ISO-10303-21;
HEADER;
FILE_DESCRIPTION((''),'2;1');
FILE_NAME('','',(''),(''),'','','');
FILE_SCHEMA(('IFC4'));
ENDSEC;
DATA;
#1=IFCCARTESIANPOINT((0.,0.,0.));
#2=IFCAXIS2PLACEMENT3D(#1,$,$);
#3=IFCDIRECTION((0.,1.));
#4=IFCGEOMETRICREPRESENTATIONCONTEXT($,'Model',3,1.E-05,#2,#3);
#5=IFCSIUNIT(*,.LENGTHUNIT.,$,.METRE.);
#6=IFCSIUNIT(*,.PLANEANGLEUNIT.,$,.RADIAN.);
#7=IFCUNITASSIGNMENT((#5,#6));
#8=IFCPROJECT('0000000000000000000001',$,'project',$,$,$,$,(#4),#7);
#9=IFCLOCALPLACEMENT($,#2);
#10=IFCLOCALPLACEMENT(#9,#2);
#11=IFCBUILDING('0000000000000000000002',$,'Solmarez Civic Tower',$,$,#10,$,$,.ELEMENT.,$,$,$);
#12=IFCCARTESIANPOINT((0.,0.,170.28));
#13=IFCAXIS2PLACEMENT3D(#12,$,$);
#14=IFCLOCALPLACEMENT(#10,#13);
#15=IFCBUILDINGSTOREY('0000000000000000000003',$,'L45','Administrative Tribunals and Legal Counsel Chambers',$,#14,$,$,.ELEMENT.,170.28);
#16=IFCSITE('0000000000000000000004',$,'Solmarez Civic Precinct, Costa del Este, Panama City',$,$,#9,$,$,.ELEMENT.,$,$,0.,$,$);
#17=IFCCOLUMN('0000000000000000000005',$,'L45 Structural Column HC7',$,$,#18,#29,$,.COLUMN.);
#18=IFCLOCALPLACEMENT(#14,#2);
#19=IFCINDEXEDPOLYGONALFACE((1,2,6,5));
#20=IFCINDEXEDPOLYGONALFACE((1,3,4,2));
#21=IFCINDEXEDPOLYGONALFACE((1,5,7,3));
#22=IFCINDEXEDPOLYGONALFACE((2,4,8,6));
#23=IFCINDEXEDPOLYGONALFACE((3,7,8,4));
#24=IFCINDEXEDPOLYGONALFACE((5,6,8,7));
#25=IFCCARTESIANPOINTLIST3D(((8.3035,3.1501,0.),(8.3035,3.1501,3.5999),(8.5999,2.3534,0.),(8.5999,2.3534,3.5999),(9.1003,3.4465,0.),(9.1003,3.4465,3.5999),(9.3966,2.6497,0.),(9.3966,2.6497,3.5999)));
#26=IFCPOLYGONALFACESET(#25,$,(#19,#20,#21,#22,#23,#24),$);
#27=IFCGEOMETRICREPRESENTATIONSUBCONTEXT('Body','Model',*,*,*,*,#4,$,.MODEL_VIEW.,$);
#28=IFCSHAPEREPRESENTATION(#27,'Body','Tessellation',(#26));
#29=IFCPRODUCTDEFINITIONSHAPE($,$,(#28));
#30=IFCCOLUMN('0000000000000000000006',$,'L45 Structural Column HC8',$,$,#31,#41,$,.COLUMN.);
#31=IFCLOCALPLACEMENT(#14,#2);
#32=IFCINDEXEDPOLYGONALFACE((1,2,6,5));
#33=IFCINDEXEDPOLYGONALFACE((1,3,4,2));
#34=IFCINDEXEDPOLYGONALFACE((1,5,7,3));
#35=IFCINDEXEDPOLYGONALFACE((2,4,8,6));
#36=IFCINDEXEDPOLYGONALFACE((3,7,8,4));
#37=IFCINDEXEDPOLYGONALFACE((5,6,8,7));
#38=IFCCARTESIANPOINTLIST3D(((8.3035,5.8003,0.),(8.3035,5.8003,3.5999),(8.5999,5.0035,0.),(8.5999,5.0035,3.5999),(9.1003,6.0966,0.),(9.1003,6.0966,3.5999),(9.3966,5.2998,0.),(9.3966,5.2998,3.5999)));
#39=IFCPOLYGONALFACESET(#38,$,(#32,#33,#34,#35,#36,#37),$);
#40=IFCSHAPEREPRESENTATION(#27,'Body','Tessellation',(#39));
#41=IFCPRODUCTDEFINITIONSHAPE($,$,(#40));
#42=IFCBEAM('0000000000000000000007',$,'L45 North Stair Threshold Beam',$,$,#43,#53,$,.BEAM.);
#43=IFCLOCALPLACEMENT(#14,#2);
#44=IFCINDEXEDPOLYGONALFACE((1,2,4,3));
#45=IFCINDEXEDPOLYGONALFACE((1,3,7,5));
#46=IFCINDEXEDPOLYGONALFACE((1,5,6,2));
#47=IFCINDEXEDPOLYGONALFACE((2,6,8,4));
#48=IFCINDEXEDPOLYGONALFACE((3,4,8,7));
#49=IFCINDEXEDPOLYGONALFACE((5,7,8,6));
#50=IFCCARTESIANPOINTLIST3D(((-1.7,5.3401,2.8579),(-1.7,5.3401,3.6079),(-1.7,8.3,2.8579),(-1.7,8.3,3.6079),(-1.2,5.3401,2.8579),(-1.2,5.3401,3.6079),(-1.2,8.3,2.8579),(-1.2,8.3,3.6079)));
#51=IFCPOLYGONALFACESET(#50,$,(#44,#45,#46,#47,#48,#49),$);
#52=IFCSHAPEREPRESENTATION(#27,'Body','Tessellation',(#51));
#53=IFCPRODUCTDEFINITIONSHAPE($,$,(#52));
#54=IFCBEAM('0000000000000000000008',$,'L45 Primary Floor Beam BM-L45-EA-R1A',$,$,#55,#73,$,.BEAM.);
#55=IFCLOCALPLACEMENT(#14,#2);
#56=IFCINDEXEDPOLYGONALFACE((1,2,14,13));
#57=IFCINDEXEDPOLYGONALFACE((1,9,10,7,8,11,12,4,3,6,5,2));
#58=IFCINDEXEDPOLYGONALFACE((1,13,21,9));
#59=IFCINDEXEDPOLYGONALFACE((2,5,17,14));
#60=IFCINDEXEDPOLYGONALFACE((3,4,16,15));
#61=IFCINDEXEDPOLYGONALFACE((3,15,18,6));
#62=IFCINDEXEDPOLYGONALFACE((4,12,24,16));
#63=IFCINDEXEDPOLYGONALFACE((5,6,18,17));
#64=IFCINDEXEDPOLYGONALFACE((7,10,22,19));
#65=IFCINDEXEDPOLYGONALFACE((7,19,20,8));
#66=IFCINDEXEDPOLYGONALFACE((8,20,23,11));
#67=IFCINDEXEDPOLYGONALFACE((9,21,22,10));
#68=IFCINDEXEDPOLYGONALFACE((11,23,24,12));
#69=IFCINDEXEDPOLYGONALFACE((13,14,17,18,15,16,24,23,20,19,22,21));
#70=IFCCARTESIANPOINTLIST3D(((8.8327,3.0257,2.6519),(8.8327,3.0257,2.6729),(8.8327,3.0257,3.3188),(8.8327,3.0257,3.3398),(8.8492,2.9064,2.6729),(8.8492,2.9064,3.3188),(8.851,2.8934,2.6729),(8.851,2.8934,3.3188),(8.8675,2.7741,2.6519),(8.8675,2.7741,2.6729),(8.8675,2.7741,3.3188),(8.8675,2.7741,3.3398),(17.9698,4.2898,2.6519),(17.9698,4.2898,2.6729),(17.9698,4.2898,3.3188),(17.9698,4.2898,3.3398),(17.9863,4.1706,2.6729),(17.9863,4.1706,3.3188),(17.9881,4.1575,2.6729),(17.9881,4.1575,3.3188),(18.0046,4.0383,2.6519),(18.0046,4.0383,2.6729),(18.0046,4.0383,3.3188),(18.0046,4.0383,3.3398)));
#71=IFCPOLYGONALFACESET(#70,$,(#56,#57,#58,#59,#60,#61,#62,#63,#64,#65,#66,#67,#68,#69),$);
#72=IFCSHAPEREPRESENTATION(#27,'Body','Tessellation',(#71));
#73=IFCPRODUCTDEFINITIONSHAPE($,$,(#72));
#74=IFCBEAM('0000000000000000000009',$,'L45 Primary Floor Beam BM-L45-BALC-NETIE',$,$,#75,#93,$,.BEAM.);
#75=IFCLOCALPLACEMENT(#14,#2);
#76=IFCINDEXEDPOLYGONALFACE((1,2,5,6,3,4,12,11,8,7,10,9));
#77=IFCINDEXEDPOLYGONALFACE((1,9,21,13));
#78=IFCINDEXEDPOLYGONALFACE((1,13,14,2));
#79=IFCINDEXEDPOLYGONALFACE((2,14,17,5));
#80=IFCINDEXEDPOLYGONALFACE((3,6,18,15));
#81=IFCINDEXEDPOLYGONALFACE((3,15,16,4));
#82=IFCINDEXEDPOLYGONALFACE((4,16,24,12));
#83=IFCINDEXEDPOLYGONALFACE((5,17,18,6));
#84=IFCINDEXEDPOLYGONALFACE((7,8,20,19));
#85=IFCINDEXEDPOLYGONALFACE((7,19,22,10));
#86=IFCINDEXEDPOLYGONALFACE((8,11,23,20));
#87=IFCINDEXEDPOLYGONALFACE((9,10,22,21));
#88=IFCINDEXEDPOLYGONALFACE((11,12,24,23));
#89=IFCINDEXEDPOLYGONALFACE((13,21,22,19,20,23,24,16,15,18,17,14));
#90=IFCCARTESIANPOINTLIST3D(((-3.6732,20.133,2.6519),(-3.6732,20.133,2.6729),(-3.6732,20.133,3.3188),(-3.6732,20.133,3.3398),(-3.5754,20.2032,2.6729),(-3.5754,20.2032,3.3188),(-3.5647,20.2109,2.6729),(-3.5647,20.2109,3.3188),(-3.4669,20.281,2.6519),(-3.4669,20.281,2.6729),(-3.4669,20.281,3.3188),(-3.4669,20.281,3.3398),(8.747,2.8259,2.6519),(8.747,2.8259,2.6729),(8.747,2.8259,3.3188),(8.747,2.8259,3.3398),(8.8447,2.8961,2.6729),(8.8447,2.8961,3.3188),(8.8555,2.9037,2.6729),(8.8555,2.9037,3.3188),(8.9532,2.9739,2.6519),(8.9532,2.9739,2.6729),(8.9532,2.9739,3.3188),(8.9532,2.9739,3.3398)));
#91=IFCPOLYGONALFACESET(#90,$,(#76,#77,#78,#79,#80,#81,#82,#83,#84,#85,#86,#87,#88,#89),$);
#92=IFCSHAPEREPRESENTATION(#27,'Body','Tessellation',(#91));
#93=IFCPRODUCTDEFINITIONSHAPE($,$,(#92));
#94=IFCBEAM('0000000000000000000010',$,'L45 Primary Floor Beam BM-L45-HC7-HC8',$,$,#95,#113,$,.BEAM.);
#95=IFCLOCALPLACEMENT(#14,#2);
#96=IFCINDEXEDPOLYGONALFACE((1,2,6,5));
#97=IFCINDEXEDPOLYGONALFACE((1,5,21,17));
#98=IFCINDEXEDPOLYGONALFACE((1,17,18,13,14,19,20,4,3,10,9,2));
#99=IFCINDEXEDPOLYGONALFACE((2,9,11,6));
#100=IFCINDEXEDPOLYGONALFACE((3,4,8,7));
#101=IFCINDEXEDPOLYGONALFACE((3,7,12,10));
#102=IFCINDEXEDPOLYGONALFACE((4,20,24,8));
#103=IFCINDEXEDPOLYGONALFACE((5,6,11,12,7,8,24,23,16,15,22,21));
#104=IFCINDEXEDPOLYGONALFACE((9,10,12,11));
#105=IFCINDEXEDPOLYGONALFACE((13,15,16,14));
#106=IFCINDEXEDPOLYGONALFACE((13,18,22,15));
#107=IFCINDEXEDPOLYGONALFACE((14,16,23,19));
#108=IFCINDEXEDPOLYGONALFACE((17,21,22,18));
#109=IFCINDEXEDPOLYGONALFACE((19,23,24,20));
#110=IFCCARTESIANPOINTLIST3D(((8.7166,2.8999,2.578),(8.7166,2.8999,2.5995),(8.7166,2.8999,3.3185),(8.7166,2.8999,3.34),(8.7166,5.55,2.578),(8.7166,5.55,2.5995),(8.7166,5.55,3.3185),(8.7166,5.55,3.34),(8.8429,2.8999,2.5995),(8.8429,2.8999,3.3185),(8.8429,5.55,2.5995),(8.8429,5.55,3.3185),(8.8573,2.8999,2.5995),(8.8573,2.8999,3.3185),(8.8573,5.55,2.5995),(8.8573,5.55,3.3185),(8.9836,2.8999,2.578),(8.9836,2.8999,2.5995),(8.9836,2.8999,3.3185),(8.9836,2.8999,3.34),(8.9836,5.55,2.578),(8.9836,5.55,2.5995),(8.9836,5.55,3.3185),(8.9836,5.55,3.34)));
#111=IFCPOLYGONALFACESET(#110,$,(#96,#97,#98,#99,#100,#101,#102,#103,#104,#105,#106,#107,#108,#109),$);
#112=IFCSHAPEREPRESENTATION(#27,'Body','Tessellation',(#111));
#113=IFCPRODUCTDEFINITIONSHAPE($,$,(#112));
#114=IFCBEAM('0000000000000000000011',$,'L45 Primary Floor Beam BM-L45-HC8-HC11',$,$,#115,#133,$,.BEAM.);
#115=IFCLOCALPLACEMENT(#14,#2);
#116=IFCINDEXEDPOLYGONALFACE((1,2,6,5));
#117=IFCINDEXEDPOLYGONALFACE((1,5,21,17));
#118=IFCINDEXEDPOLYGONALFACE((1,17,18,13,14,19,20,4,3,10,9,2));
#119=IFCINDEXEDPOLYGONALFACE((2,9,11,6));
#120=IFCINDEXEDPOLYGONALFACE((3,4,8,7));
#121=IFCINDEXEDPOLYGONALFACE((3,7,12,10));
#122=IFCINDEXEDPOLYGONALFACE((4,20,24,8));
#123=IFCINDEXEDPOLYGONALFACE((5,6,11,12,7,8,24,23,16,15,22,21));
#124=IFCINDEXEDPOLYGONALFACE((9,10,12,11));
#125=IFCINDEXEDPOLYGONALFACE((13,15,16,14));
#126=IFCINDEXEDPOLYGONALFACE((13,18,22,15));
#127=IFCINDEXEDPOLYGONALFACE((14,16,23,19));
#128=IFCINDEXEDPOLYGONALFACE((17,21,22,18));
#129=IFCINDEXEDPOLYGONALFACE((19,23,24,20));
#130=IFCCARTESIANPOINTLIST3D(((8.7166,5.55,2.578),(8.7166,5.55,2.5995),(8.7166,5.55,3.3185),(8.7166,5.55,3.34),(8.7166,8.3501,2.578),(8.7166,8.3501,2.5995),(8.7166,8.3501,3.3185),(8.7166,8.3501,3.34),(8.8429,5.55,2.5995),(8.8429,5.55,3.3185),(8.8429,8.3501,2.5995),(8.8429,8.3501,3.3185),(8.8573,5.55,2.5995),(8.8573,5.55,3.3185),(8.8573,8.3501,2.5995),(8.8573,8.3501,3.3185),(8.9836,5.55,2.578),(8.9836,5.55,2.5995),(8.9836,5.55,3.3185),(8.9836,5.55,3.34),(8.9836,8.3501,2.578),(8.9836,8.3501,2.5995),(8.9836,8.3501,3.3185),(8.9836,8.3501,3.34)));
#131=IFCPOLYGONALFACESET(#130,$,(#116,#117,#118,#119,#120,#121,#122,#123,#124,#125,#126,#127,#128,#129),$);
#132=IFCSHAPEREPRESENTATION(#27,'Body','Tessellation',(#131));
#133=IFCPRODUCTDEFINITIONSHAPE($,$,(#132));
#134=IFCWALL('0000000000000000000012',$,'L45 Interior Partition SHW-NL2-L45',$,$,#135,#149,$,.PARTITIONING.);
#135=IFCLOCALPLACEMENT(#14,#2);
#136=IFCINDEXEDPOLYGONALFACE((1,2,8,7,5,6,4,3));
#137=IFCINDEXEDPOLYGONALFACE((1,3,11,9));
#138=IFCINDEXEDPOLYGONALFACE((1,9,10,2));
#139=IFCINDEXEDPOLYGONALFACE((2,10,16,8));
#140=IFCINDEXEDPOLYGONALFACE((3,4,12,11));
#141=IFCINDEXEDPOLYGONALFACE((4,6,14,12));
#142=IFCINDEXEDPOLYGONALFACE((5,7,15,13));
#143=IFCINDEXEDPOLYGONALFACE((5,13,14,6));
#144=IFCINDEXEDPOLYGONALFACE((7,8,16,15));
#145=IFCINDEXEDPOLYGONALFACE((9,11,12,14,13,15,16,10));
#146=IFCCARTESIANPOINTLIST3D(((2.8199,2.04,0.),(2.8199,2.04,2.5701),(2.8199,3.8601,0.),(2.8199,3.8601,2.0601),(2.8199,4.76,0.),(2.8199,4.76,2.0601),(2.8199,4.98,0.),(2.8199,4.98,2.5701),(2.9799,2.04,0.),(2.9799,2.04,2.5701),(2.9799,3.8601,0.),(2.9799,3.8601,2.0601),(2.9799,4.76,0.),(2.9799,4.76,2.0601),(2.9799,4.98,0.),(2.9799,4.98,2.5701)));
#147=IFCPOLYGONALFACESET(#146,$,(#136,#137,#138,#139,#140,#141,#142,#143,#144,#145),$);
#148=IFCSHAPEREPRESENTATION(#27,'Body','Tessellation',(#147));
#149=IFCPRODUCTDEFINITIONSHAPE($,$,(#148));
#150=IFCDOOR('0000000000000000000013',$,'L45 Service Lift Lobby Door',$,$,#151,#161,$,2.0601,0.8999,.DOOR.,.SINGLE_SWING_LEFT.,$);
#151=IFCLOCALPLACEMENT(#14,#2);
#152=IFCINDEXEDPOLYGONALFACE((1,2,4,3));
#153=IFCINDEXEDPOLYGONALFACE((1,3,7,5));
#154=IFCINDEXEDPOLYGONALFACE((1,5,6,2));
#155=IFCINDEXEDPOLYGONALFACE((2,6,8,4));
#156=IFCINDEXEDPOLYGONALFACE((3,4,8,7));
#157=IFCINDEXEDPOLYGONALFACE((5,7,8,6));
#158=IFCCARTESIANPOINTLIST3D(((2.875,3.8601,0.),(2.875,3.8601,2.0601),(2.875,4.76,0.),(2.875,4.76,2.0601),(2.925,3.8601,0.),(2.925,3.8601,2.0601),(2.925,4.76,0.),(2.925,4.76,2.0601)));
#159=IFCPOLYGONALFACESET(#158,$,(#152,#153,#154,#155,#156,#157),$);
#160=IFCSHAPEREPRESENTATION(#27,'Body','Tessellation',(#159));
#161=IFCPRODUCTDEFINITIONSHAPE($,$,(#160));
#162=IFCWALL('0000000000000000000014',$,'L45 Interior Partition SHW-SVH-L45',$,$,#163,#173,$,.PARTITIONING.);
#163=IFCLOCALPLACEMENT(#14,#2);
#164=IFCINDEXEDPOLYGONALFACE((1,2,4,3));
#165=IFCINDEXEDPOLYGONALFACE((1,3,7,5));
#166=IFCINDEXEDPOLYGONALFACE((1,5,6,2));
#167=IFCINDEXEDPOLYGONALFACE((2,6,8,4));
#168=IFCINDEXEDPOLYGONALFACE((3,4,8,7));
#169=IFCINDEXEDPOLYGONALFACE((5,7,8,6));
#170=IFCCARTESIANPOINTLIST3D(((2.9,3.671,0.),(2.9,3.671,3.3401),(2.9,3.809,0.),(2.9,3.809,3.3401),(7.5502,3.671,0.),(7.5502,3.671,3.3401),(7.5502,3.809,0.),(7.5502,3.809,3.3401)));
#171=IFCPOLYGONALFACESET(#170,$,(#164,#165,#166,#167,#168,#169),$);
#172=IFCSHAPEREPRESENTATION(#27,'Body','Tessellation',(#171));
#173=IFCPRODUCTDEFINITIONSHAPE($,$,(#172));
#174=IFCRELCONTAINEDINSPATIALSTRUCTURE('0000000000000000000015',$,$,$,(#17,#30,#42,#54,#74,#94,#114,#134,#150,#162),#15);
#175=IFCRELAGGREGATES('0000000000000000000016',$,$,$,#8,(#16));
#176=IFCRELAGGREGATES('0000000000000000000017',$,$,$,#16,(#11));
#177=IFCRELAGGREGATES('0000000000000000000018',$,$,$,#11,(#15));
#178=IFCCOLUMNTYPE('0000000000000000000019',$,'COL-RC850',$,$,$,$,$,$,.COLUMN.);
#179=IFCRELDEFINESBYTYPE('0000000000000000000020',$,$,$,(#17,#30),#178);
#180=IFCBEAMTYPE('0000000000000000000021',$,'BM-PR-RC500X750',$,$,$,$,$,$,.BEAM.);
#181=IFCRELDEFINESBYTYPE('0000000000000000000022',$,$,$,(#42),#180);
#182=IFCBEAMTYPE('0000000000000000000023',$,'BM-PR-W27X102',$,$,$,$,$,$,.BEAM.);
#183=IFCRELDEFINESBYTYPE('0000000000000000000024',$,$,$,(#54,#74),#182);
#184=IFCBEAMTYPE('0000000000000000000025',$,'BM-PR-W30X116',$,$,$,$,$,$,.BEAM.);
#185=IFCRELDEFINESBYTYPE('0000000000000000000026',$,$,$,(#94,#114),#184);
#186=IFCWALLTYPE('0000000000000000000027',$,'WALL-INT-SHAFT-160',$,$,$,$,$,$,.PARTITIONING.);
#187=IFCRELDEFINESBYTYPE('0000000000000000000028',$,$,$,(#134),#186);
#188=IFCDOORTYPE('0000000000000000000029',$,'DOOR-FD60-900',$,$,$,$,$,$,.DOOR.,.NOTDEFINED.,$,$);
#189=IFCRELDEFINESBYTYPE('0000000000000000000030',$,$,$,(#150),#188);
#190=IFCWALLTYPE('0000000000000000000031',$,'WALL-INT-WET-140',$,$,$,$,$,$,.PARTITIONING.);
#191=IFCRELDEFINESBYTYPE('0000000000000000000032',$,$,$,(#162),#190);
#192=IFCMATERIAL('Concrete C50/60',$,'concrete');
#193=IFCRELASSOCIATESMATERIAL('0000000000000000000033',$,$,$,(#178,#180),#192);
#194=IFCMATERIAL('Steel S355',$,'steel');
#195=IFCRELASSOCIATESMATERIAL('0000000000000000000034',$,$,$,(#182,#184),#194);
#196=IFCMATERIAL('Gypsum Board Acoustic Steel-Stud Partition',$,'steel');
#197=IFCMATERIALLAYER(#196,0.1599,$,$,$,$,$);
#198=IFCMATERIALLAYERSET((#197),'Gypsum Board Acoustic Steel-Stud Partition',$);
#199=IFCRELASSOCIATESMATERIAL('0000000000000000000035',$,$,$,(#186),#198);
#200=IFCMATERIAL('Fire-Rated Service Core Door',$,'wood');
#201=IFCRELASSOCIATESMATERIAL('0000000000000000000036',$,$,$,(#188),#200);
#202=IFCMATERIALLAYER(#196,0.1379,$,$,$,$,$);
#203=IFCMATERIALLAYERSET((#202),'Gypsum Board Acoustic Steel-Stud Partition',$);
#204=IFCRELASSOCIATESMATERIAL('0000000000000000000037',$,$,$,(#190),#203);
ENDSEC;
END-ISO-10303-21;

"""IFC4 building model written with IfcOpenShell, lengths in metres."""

from ifc_helpers import new_model, si_unit, direction, frame, frame_2d, origin, origin_2d, place, context, subcontext, project, spatial, rectangle, i_section, extrude, material, layer, layer_set, material_profile, profile_set, type_object, element, fill, save


model = new_model("IFC4")

# Units and contexts
model_context = context("Model", 3, precision=1e-05, world=origin(), true_north=direction((0.0, 1.0)))
body_context = subcontext(model_context, "Body", "Model", "MODEL_VIEW")
ifc_project = project(units=[si_unit("LENGTHUNIT", "METRE"), si_unit("PLANEANGLEUNIT", "RADIAN")], contexts=[model_context])

# Site, building, storey
site_placement = place(None, origin())
site = spatial("IfcSite", under=ifc_project, at=site_placement, Name="Solmarez Civic Precinct, Costa del Este, Panama City", CompositionType="ELEMENT", RefElevation=0.0)
building_placement = place(site_placement, origin())
building = spatial("IfcBuilding", under=site, at=building_placement, Name="Solmarez Civic Tower", CompositionType="ELEMENT")
storey_placement = place(building_placement, frame((0.0, 0.0, 170.28)))
storey = spatial("IfcBuildingStorey", under=building, at=storey_placement, Name="L45", Description="Administrative Tribunals and Legal Counsel Chambers", CompositionType="ELEMENT", Elevation=170.28)

# Columns
ifc_material_1 = material(Name="Concrete C50/60", Category="concrete")
ifc_material_profile_1 = material_profile(ifc_material_1, rectangle(XDim=0.8501, YDim=0.8501, at=origin_2d()), Name="RC850X850")
ifc_profile_set_1 = profile_set([ifc_material_profile_1], Name="Concrete C50/60")
column_type = type_object("IfcColumnType", Name="COL-RC850", PredefinedType="COLUMN", material=ifc_profile_set_1)
for number, where, z_axis, x_axis, name in (
    (1, (8.8501, 2.8999, 0.0), (0.0, 0.0, 1.0), (0.937282, 0.348572, 0.0), "L45 Structural Column HC7"),
    (2, (8.8501, 5.55, 0.0), (0.0, 0.0, 1.0), (0.937282, 0.348572, 0.0), "L45 Structural Column HC8"),
):
    element("IfcColumn", number, at=place(storey_placement, frame(where, z_axis=z_axis, x_axis=x_axis)), inside=storey, type_object=column_type, Name=name, PredefinedType="COLUMN", context=body_context, shape_type="SweptSolid", body=[
        extrude(rectangle(XDim=0.8501, YDim=0.8501, at=origin_2d()), origin(), (0.0, 0.0, 1.0), 3.5999),
    ])

# Beams
ifc_material_profile_2 = material_profile(ifc_material_1, rectangle(XDim=0.5, YDim=0.75, at=origin_2d()), Name="RC500X750")
ifc_profile_set_2 = profile_set([ifc_material_profile_2], Name="Concrete C50/60")
beam_type_1 = type_object("IfcBeamType", Name="BM-PR-RC500X750", PredefinedType="BEAM", material=ifc_profile_set_2)
beam_1_placement = place(storey_placement, frame((-1.45, 5.3401, 3.2329), z_axis=(0.0, 1.0, 0.0), x_axis=(-1.0, 0.0, 0.0)))
element("IfcBeam", 3, at=beam_1_placement, inside=storey, type_object=beam_type_1, Name="L45 North Stair Threshold Beam", PredefinedType="BEAM", context=body_context, shape_type="SweptSolid", body=[
    extrude(rectangle(XDim=0.5, YDim=0.75, at=origin_2d()), origin(), (0.0, 0.0, 1.0), 2.96),
])
ifc_material_2 = material(Name="Steel S355", Category="steel")
ifc_material_profile_3 = material_profile(ifc_material_2, i_section(OverallWidth=0.2539, OverallDepth=0.688, WebThickness=0.0132, FlangeThickness=0.021, at=origin_2d()), Name="W27X102")
ifc_profile_set_3 = profile_set([ifc_material_profile_3], Name="Steel S355")
beam_type_2 = type_object("IfcBeamType", Name="BM-PR-W27X102", PredefinedType="BEAM", material=ifc_profile_set_3)
beam_2_placement = place(storey_placement, frame((8.8501, 2.8999, 2.9958), z_axis=(0.990564, 0.137051, 0.0), x_axis=(-0.137051, 0.990564, 0.0)))
element("IfcBeam", 4, at=beam_2_placement, inside=storey, type_object=beam_type_2, Name="L45 Primary Floor Beam BM-L45-EA-R1A", PredefinedType="BEAM", context=body_context, shape_type="SweptSolid", body=[
    extrude(i_section(OverallWidth=0.2539, OverallDepth=0.688, WebThickness=0.0132, FlangeThickness=0.021, at=origin_2d()), origin(), (0.0, 0.0, 1.0), 9.2241),
])
beam_3_placement = place(storey_placement, frame((8.8501, 2.8999, 2.9958), z_axis=(-0.583037, 0.812445, 0.0), x_axis=(-0.812445, -0.583037, 0.0)))
element("IfcBeam", 5, at=beam_3_placement, inside=storey, type_object=beam_type_2, Name="L45 Primary Floor Beam BM-L45-BALC-NETIE", PredefinedType="BEAM", context=body_context, shape_type="SweptSolid", body=[
    extrude(i_section(OverallWidth=0.2539, OverallDepth=0.688, WebThickness=0.0132, FlangeThickness=0.021, at=origin_2d()), origin(), (0.0, 0.0, 1.0), 21.3025),
])
ifc_material_profile_4 = material_profile(ifc_material_2, i_section(OverallWidth=0.2671, OverallDepth=0.762, WebThickness=0.0144, FlangeThickness=0.0215, at=origin_2d()), Name="W30X116")
ifc_profile_set_4 = profile_set([ifc_material_profile_4], Name="Steel S355")
beam_type_3 = type_object("IfcBeamType", Name="BM-PR-W30X116", PredefinedType="BEAM", material=ifc_profile_set_4)
beam_4_placement = place(storey_placement, frame((8.8501, 2.8999, 2.959), z_axis=(0.0, 1.0, 0.0), x_axis=(-1.0, 0.0, 0.0)))
element("IfcBeam", 6, at=beam_4_placement, inside=storey, type_object=beam_type_3, Name="L45 Primary Floor Beam BM-L45-HC7-HC8", PredefinedType="BEAM", context=body_context, shape_type="SweptSolid", body=[
    extrude(i_section(OverallWidth=0.2671, OverallDepth=0.762, WebThickness=0.0144, FlangeThickness=0.0215, at=origin_2d()), origin(), (0.0, 0.0, 1.0), 2.6501),
])
beam_5_placement = place(storey_placement, frame((8.8501, 5.55, 2.959), z_axis=(0.0, 1.0, 0.0), x_axis=(-1.0, 0.0, 0.0)))
element("IfcBeam", 7, at=beam_5_placement, inside=storey, type_object=beam_type_3, Name="L45 Primary Floor Beam BM-L45-HC8-HC11", PredefinedType="BEAM", context=body_context, shape_type="SweptSolid", body=[
    extrude(i_section(OverallWidth=0.2671, OverallDepth=0.762, WebThickness=0.0144, FlangeThickness=0.0215, at=origin_2d()), origin(), (0.0, 0.0, 1.0), 2.8),
])

# Wall, opening, door
ifc_material_3 = material(Name="Gypsum Board Acoustic Steel-Stud Partition", Category="steel")
ifc_layer_1 = layer(ifc_material_3, 0.1599)
ifc_layer_set_1 = layer_set([ifc_layer_1], Name="Gypsum Board Acoustic Steel-Stud Partition")
wall_type_1 = type_object("IfcWallType", Name="WALL-INT-SHAFT-160", PredefinedType="PARTITIONING", material=ifc_layer_set_1)
wall_1_placement = place(storey_placement, frame((2.8999, 2.04, 0.0), z_axis=(0.0, 0.0, 1.0), x_axis=(0.0, 1.0, 0.0)))
wall_1 = element("IfcWall", 8, at=wall_1_placement, inside=storey, type_object=wall_type_1, Name="L45 Interior Partition SHW-NL2-L45", PredefinedType="PARTITIONING", context=body_context, shape_type="SweptSolid", body=[
    extrude(rectangle(XDim=2.9399, YDim=0.1599, at=frame_2d((1.47, 0.0))), origin(), (0.0, 0.0, 1.0), 2.5701),
])
opening_1_placement = place(wall_1_placement, frame((1.8201, 0.0, 0.0)))
opening_1 = element("IfcOpeningElement", 9, at=opening_1_placement, cuts=wall_1, PredefinedType="OPENING", context=body_context, shape_type="SweptSolid", body=[
    extrude(rectangle(XDim=0.8999, YDim=2.0601, at=frame_2d((0.45, 1.03))), frame((0.0, 0.0898, 0.0), z_axis=(0.0, -1.0, 0.0), x_axis=(1.0, 0.0, 0.0)), (0.0, 0.0, 1.0), 0.1799),
])
ifc_material_4 = material(Name="Fire-Rated Service Core Door", Category="wood")
door_type_1 = type_object("IfcDoorType", Name="DOOR-FD60-900", OperationType="NOTDEFINED", PredefinedType="DOOR", material=ifc_material_4)
door_1_placement = place(opening_1_placement, origin())
door_1 = element("IfcDoor", 10, at=door_1_placement, inside=storey, type_object=door_type_1, Name="L45 Service Lift Lobby Door", OperationType="SINGLE_SWING_LEFT", OverallHeight=2.0601, OverallWidth=0.8999, PredefinedType="DOOR", context=body_context, shape_type="SweptSolid", body=[
    extrude(rectangle(XDim=0.8999, YDim=2.0601, at=frame_2d((0.45, 1.03))), frame((0.0, 0.0249, 0.0), z_axis=(0.0, -1.0, 0.0), x_axis=(1.0, 0.0, 0.0)), (0.0, 0.0, 1.0), 0.05),
])
fill(opening_1, door_1)

# Wall
ifc_layer_2 = layer(ifc_material_3, 0.1379)
ifc_layer_set_2 = layer_set([ifc_layer_2], Name="Gypsum Board Acoustic Steel-Stud Partition")
wall_type_2 = type_object("IfcWallType", Name="WALL-INT-WET-140", PredefinedType="PARTITIONING", material=ifc_layer_set_2)
wall_2_placement = place(storey_placement, frame((2.8999, 3.74, 0.0), z_axis=(0.0, 0.0, 1.0), x_axis=(1.0, 0.0, 0.0)))
element("IfcWall", 11, at=wall_2_placement, inside=storey, type_object=wall_type_2, Name="L45 Interior Partition SHW-SVH-L45", PredefinedType="PARTITIONING", context=body_context, shape_type="SweptSolid", body=[
    extrude(rectangle(XDim=4.6501, YDim=0.1379, at=frame_2d((2.3252, 0.0))), origin(), (0.0, 0.0, 1.0), 3.3401),
])

save(model, "model.ifc")
